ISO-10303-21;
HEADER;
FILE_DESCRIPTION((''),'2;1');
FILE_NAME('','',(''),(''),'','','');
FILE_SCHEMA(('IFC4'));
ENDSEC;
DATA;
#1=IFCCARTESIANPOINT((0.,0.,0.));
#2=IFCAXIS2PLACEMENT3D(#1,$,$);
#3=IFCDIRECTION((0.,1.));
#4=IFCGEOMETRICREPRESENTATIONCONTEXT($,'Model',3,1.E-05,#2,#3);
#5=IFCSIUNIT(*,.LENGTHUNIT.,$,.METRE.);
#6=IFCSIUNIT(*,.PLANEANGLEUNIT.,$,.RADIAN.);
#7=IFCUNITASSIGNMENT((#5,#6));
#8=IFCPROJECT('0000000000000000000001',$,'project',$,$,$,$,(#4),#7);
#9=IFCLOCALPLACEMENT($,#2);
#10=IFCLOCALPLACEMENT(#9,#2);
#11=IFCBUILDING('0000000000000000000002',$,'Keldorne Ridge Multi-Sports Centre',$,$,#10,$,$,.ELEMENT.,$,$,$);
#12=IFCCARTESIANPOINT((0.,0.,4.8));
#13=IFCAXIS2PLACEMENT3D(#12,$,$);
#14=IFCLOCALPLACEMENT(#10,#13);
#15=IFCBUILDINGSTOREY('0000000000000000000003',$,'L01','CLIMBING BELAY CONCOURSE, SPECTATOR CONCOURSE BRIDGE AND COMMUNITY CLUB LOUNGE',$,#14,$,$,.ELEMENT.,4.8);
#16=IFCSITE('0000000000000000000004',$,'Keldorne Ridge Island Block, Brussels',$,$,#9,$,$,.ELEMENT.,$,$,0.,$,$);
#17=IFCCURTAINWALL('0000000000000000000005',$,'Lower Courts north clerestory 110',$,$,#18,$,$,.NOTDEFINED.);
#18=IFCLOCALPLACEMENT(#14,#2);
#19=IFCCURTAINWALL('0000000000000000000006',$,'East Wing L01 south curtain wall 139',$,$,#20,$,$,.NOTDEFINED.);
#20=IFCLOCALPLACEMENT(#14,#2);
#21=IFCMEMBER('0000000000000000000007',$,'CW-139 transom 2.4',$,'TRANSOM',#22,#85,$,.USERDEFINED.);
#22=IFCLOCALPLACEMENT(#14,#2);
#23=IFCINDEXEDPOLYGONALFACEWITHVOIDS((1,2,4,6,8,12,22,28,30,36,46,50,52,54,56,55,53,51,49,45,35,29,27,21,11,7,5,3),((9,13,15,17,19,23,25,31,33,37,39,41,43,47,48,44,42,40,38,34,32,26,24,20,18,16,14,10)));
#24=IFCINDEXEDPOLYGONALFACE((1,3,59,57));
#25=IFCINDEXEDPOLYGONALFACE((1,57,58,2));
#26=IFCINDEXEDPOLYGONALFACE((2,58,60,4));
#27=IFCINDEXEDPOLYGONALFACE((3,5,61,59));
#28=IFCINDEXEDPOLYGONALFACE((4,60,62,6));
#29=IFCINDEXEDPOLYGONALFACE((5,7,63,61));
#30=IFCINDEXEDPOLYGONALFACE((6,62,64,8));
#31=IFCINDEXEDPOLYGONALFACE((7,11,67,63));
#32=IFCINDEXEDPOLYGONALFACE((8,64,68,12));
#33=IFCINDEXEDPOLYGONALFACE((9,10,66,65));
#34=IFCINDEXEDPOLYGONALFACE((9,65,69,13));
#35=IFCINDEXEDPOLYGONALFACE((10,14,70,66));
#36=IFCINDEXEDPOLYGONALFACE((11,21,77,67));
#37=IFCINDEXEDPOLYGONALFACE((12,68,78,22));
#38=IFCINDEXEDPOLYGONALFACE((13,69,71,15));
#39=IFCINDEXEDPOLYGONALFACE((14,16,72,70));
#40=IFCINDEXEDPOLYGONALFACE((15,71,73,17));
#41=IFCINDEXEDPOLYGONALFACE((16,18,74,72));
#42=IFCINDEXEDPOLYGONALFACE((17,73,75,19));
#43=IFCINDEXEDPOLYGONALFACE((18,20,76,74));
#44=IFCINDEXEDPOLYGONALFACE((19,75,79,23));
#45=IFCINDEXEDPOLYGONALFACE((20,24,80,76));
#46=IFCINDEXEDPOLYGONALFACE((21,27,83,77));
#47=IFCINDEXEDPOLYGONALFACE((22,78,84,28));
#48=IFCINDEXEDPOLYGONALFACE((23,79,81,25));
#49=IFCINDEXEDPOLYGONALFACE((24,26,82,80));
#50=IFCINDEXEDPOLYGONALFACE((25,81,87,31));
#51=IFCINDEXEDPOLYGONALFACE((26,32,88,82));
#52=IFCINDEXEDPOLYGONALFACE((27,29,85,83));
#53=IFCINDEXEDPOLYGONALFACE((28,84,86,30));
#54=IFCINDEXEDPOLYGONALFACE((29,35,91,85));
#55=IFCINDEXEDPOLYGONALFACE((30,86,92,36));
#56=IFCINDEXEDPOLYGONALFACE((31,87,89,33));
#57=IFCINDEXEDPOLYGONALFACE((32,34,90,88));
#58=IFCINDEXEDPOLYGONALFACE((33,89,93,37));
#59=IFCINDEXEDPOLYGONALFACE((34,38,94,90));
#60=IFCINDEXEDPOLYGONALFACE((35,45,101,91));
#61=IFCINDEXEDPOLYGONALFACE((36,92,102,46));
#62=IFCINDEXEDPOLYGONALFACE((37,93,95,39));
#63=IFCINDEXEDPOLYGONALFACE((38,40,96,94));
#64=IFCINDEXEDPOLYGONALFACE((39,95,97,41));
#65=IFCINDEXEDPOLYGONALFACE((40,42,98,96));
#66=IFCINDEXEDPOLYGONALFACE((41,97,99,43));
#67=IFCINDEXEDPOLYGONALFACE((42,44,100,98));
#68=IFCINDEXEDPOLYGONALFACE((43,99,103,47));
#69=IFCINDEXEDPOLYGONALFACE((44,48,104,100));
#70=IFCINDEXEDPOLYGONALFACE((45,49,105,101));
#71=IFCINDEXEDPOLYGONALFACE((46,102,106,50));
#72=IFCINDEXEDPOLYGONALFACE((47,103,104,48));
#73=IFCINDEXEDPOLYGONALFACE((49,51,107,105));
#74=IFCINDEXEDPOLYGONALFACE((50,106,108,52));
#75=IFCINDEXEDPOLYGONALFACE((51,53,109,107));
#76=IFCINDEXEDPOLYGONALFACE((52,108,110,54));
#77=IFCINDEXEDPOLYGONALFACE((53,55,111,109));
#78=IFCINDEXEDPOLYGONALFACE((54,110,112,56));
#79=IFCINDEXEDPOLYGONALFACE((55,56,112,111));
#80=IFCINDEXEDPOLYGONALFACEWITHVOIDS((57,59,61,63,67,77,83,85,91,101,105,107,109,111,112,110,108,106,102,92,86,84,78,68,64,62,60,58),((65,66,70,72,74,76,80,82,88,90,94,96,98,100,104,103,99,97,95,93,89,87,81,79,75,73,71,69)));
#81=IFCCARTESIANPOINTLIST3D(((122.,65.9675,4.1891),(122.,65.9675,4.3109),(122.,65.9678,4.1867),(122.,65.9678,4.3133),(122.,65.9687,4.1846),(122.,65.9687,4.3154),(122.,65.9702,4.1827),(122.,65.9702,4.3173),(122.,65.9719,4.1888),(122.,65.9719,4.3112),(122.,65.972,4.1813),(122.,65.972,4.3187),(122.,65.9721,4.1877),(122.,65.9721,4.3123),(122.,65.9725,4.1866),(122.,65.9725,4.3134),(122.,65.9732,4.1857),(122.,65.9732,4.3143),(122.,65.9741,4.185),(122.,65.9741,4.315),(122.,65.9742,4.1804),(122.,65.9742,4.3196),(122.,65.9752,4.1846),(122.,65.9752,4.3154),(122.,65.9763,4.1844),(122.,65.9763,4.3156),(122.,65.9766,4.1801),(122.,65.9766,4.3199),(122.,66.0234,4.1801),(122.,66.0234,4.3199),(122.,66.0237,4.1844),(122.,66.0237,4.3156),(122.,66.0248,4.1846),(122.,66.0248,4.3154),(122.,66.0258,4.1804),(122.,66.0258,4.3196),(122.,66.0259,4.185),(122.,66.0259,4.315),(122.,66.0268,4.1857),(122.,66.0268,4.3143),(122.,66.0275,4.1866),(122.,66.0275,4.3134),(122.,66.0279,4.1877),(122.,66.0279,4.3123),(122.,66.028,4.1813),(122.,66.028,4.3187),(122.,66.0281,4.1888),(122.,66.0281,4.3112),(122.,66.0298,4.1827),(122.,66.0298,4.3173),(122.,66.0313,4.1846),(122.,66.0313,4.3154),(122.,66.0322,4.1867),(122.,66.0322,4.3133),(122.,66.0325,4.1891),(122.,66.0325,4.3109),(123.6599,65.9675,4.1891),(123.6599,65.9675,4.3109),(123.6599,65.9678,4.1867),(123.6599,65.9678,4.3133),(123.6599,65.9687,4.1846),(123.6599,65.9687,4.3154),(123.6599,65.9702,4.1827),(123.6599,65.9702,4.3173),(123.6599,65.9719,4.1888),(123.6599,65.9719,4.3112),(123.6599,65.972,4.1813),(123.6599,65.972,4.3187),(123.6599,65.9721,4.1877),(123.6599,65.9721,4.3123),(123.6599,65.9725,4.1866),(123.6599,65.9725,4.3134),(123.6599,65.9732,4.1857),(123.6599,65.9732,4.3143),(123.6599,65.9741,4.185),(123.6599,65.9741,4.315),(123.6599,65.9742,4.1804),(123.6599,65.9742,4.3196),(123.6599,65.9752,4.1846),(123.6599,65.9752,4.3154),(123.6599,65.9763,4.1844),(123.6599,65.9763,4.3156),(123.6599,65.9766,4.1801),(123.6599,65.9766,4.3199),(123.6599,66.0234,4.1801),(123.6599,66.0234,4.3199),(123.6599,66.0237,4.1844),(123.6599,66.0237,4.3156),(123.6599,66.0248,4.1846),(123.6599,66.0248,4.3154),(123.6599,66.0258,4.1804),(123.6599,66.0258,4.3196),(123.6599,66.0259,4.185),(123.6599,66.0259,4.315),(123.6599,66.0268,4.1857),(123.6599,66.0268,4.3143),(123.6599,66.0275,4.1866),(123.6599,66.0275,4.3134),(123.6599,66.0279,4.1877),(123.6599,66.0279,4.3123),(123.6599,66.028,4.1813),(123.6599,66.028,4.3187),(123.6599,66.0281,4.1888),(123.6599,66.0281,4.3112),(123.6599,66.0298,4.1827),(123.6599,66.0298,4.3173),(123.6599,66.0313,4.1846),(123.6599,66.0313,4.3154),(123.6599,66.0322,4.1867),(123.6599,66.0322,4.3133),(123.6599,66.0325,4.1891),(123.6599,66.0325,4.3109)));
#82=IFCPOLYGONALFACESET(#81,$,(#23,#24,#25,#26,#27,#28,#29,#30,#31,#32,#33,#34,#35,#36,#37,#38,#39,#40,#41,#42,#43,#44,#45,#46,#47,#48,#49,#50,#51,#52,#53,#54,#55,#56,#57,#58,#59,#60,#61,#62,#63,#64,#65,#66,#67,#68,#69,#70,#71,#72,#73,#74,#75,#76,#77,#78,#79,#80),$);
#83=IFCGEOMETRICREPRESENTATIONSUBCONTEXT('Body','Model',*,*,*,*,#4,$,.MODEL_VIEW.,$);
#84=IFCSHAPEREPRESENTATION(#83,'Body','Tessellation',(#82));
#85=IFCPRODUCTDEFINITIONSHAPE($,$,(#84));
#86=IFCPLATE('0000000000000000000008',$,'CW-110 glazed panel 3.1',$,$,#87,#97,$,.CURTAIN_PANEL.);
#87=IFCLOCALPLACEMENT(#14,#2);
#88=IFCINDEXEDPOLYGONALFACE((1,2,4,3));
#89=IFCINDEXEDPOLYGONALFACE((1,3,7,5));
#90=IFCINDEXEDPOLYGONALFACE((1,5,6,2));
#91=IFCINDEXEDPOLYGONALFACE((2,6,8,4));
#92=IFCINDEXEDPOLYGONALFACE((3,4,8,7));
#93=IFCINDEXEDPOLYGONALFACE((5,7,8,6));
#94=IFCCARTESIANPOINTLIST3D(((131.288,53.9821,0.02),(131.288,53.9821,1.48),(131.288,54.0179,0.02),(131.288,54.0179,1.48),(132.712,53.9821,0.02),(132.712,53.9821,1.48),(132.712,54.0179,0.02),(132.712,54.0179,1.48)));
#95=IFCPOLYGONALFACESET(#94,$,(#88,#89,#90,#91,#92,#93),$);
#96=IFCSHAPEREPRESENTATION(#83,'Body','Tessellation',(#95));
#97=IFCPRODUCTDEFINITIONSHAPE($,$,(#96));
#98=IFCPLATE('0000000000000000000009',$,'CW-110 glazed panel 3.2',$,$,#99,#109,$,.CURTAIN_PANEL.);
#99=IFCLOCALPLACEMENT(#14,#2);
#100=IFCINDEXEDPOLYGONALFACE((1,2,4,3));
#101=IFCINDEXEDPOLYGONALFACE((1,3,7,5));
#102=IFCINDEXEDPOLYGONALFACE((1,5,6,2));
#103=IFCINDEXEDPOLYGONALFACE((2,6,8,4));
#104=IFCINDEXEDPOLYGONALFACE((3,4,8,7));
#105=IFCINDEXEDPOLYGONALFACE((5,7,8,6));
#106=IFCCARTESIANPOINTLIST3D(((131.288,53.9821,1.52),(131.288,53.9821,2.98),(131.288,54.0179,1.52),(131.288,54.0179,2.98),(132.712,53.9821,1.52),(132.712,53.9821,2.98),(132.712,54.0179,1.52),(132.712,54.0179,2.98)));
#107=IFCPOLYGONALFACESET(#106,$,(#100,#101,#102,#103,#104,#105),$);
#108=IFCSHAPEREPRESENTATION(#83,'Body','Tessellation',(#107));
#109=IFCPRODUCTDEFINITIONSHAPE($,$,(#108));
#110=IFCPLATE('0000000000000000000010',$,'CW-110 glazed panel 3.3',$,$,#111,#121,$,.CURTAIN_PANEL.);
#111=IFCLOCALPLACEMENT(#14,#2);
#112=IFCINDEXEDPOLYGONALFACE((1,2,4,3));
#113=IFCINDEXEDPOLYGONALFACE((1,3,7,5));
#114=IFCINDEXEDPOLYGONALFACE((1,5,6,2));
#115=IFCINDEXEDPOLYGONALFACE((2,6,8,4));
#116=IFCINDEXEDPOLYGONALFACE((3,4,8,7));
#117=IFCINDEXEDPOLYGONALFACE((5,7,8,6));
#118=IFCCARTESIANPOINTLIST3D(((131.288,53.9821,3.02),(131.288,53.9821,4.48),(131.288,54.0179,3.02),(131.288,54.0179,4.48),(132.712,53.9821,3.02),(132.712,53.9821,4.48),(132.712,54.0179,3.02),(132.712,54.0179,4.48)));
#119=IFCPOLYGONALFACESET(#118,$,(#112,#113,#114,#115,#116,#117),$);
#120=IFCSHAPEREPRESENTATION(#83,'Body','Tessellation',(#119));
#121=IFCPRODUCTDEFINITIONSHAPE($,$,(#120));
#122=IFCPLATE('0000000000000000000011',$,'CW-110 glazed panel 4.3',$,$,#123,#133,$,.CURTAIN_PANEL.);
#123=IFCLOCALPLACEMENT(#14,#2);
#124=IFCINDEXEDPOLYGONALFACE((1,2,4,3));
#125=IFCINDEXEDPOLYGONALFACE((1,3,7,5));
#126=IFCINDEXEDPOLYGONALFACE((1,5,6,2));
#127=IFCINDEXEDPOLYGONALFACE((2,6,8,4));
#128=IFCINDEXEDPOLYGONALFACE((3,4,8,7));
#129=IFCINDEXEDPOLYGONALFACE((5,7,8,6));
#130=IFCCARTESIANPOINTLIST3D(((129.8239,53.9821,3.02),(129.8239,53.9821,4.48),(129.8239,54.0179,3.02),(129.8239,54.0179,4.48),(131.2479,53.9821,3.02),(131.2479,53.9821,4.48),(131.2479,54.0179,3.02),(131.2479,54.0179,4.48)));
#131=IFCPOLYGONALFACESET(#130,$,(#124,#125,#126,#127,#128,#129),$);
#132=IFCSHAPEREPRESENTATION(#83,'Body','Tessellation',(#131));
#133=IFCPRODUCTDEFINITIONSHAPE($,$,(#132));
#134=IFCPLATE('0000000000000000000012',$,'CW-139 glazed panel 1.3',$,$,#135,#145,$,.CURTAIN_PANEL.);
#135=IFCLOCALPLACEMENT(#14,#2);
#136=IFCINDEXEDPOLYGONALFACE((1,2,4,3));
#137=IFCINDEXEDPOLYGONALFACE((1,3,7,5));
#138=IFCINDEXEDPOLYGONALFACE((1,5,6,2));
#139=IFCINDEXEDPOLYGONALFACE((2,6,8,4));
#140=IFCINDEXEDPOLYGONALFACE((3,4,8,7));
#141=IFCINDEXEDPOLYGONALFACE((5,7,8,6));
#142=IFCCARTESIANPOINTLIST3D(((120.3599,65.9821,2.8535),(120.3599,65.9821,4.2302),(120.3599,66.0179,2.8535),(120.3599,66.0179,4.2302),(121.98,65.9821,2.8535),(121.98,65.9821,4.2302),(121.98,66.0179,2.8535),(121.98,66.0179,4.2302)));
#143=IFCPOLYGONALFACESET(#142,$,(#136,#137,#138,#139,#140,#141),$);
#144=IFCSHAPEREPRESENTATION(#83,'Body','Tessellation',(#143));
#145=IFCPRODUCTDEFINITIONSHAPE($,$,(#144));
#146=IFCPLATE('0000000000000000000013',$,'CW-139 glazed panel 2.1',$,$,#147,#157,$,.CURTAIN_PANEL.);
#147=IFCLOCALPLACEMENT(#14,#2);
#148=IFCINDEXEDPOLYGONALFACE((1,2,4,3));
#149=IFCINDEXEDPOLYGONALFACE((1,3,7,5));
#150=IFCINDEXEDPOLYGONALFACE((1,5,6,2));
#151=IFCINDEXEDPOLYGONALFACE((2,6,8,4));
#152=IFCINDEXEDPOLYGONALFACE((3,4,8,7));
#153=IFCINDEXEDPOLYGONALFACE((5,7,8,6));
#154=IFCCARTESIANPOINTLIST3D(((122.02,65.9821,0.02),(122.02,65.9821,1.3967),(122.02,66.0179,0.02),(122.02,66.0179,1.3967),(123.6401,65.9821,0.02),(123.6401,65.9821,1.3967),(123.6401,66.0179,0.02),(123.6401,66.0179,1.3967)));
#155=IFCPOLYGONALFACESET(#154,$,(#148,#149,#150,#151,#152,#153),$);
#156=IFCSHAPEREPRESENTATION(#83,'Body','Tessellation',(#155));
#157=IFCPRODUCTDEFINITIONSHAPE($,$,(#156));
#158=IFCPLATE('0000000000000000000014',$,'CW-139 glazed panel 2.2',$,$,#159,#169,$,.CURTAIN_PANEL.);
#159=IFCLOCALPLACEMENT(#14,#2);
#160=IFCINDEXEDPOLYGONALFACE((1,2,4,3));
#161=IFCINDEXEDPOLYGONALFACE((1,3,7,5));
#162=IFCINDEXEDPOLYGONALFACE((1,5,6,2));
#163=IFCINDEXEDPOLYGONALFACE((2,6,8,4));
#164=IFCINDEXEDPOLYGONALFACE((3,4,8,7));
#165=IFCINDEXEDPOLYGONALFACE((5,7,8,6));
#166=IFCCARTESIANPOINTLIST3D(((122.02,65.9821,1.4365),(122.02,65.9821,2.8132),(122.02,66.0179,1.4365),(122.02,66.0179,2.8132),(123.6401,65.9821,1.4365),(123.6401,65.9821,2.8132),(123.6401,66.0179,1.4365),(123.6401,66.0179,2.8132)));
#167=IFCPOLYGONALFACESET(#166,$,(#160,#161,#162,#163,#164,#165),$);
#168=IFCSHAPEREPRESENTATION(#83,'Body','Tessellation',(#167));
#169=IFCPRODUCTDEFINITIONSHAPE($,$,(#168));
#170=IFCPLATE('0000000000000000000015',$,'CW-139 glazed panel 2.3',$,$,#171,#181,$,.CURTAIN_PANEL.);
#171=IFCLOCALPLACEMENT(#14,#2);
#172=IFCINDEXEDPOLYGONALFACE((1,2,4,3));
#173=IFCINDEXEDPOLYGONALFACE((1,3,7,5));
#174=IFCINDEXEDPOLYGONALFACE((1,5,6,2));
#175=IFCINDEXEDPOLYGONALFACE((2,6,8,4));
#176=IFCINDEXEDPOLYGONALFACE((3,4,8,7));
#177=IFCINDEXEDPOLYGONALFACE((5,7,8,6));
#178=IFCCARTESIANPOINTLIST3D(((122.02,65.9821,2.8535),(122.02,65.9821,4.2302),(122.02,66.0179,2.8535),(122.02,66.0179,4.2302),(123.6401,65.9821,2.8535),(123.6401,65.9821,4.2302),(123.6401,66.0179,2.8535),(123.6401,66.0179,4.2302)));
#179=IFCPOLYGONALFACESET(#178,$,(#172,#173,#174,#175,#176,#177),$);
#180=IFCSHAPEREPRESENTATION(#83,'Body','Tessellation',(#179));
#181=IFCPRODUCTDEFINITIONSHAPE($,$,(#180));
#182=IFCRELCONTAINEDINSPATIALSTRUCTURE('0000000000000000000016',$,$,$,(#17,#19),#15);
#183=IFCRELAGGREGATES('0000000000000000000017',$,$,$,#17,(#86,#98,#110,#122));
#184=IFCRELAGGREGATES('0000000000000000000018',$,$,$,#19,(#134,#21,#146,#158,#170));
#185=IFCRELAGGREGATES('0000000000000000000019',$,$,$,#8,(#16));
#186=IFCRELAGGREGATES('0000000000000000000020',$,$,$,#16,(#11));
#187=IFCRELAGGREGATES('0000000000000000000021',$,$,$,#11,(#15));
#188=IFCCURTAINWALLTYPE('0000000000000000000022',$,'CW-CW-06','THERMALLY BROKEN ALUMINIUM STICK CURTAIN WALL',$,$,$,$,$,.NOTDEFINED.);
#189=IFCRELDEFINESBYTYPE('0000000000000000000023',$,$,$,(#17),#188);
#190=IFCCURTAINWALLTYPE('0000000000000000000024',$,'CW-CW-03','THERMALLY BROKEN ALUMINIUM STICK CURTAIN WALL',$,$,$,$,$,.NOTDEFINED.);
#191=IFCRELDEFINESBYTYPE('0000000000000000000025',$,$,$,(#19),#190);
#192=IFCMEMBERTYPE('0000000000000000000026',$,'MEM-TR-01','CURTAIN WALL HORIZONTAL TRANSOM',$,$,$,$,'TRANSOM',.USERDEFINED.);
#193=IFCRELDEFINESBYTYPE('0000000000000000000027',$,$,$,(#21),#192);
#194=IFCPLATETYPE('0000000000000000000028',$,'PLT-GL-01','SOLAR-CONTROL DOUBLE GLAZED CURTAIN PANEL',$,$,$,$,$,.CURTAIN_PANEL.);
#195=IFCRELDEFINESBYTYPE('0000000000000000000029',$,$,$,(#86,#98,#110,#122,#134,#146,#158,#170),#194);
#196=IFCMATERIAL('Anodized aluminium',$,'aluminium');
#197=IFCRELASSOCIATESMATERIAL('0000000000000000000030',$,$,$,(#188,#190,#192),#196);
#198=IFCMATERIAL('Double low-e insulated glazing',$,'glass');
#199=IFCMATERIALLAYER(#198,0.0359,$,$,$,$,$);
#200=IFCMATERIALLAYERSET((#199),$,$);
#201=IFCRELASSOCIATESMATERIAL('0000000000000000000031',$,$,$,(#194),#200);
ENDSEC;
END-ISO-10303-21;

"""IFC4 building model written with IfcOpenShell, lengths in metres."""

from ifc_helpers import new_model, si_unit, direction, frame, origin, origin_2d, place, context, subcontext, project, spatial, rectangle, hollow_rectangle, extrude, material, layer, layer_set, material_profile, profile_set, type_object, element, aggregate, save


model = new_model("IFC4")

# Units and contexts
model_context = context("Model", 3, precision=1e-05, world=origin(), true_north=direction((0.0, 1.0)))
body_context = subcontext(model_context, "Body", "Model", "MODEL_VIEW")
ifc_project = project(units=[si_unit("LENGTHUNIT", "METRE"), si_unit("PLANEANGLEUNIT", "RADIAN")], contexts=[model_context])

# Site, building, storey
site_placement = place(None, origin())
site = spatial("IfcSite", under=ifc_project, at=site_placement, Name="Keldorne Ridge Island Block, Brussels", CompositionType="ELEMENT", RefElevation=0.0)
building_placement = place(site_placement, origin())
building = spatial("IfcBuilding", under=site, at=building_placement, Name="Keldorne Ridge Multi-Sports Centre", CompositionType="ELEMENT")
storey_placement = place(building_placement, frame((0.0, 0.0, 4.8)))
storey = spatial("IfcBuildingStorey", under=building, at=storey_placement, Name="L01", Description="CLIMBING BELAY CONCOURSE, SPECTATOR CONCOURSE BRIDGE AND COMMUNITY CLUB LOUNGE", CompositionType="ELEMENT", Elevation=4.8)

# Curtain wall
ifc_material_1 = material(Name="Anodized aluminium", Category="aluminium")
curtain_wall_type_1 = type_object("IfcCurtainWallType", Name="CW-CW-06", Description="THERMALLY BROKEN ALUMINIUM STICK CURTAIN WALL", PredefinedType="NOTDEFINED", material=ifc_material_1)
curtain_wall_1_placement = place(storey_placement, origin())
curtain_wall_1 = element("IfcCurtainWall", 1, at=curtain_wall_1_placement, inside=storey, type_object=curtain_wall_type_1, Name="Lower Courts north clerestory 110", PredefinedType="NOTDEFINED")

# Curtain wall
curtain_wall_type_2 = type_object("IfcCurtainWallType", Name="CW-CW-03", Description="THERMALLY BROKEN ALUMINIUM STICK CURTAIN WALL", PredefinedType="NOTDEFINED", material=ifc_material_1)
curtain_wall_2_placement = place(storey_placement, origin())
curtain_wall_2 = element("IfcCurtainWall", 2, at=curtain_wall_2_placement, inside=storey, type_object=curtain_wall_type_2, Name="East Wing L01 south curtain wall 139", PredefinedType="NOTDEFINED")

# Member
ifc_material_profile_1 = material_profile(ifc_material_1, hollow_rectangle(XDim=0.0649, YDim=0.1399, WallThickness=0.0044, InnerFilletRadius=0.0044, OuterFilletRadius=0.009, at=origin_2d()), Name="ALU TRANSOM 140x65x4.5")
ifc_profile_set_1 = profile_set([ifc_material_profile_1], Name="Anodized aluminium")
member_type_1 = type_object("IfcMemberType", Name="MEM-TR-01", Description="CURTAIN WALL HORIZONTAL TRANSOM", ElementType="TRANSOM", PredefinedType="USERDEFINED", material=ifc_profile_set_1)
member_1_placement = place(storey_placement, frame((122.0, 66.0, 4.25), z_axis=(1.0, 0.0, 0.0), x_axis=(0.0, 1.0, 0.0)))
member_1 = element("IfcMember", 3, at=member_1_placement, type_object=member_type_1, Name="CW-139 transom 2.4", ObjectType="TRANSOM", PredefinedType="USERDEFINED", context=body_context, shape_type="SweptSolid", body=[
    extrude(hollow_rectangle(XDim=0.0649, YDim=0.1399, WallThickness=0.0044, InnerFilletRadius=0.0044, OuterFilletRadius=0.009, at=origin_2d()), origin(), (0.0, 0.0, 1.0), 1.6599),
])

# Plates
ifc_material_2 = material(Name="Double low-e insulated glazing", Category="glass")
ifc_layer_1 = layer(ifc_material_2, 0.0359)
ifc_layer_set_1 = layer_set([ifc_layer_1])
plate_type = type_object("IfcPlateType", Name="PLT-GL-01", Description="SOLAR-CONTROL DOUBLE GLAZED CURTAIN PANEL", PredefinedType="CURTAIN_PANEL", material=ifc_layer_set_1)
plate_1_placement = place(storey_placement, frame((132.0, 54.0, 0.02), z_axis=(0.0, 0.0, 1.0), x_axis=(-1.0, 0.0, 0.0)))
plate_1 = element("IfcPlate", 4, at=plate_1_placement, type_object=plate_type, Name="CW-110 glazed panel 3.1", PredefinedType="CURTAIN_PANEL", context=body_context, shape_type="SweptSolid", body=[
    extrude(rectangle(XDim=1.4241, YDim=0.0359, at=origin_2d()), origin(), (0.0, 0.0, 1.0), 1.46),
])
plate_2_placement = place(storey_placement, frame((132.0, 54.0, 1.52), z_axis=(0.0, 0.0, 1.0), x_axis=(-1.0, 0.0, 0.0)))
plate_2 = element("IfcPlate", 5, at=plate_2_placement, type_object=plate_type, Name="CW-110 glazed panel 3.2", PredefinedType="CURTAIN_PANEL", context=body_context, shape_type="SweptSolid", body=[
    extrude(rectangle(XDim=1.4241, YDim=0.0359, at=origin_2d()), origin(), (0.0, 0.0, 1.0), 1.46),
])
plate_3_placement = place(storey_placement, frame((132.0, 54.0, 3.02), z_axis=(0.0, 0.0, 1.0), x_axis=(-1.0, 0.0, 0.0)))
plate_3 = element("IfcPlate", 6, at=plate_3_placement, type_object=plate_type, Name="CW-110 glazed panel 3.3", PredefinedType="CURTAIN_PANEL", context=body_context, shape_type="SweptSolid", body=[
    extrude(rectangle(XDim=1.4241, YDim=0.0359, at=origin_2d()), origin(), (0.0, 0.0, 1.0), 1.46),
])
plate_4_placement = place(storey_placement, frame((130.5359, 54.0, 3.02), z_axis=(0.0, 0.0, 1.0), x_axis=(-1.0, 0.0, 0.0)))
plate_4 = element("IfcPlate", 7, at=plate_4_placement, type_object=plate_type, Name="CW-110 glazed panel 4.3", PredefinedType="CURTAIN_PANEL", context=body_context, shape_type="SweptSolid", body=[
    extrude(rectangle(XDim=1.4241, YDim=0.0359, at=origin_2d()), origin(), (0.0, 0.0, 1.0), 1.46),
])
aggregate(curtain_wall_1, [plate_1, plate_2, plate_3, plate_4])
plate_5_placement = place(storey_placement, frame((121.1699, 66.0, 2.8535), z_axis=(0.0, 0.0, 1.0), x_axis=(1.0, 0.0, 0.0)))
plate_5 = element("IfcPlate", 8, at=plate_5_placement, type_object=plate_type, Name="CW-139 glazed panel 1.3", PredefinedType="CURTAIN_PANEL", context=body_context, shape_type="SweptSolid", body=[
    extrude(rectangle(XDim=1.6201, YDim=0.0359, at=origin_2d()), origin(), (0.0, 0.0, 1.0), 1.3767),
])
plate_6_placement = place(storey_placement, frame((122.8301, 66.0, 0.02), z_axis=(0.0, 0.0, 1.0), x_axis=(1.0, 0.0, 0.0)))
plate_6 = element("IfcPlate", 9, at=plate_6_placement, type_object=plate_type, Name="CW-139 glazed panel 2.1", PredefinedType="CURTAIN_PANEL", context=body_context, shape_type="SweptSolid", body=[
    extrude(rectangle(XDim=1.6201, YDim=0.0359, at=origin_2d()), origin(), (0.0, 0.0, 1.0), 1.3767),
])
plate_7_placement = place(storey_placement, frame((122.8301, 66.0, 1.4365), z_axis=(0.0, 0.0, 1.0), x_axis=(1.0, 0.0, 0.0)))
plate_7 = element("IfcPlate", 10, at=plate_7_placement, type_object=plate_type, Name="CW-139 glazed panel 2.2", PredefinedType="CURTAIN_PANEL", context=body_context, shape_type="SweptSolid", body=[
    extrude(rectangle(XDim=1.6201, YDim=0.0359, at=origin_2d()), origin(), (0.0, 0.0, 1.0), 1.3767),
])
plate_8_placement = place(storey_placement, frame((122.8301, 66.0, 2.8535), z_axis=(0.0, 0.0, 1.0), x_axis=(1.0, 0.0, 0.0)))
plate_8 = element("IfcPlate", 11, at=plate_8_placement, type_object=plate_type, Name="CW-139 glazed panel 2.3", PredefinedType="CURTAIN_PANEL", context=body_context, shape_type="SweptSolid", body=[
    extrude(rectangle(XDim=1.6201, YDim=0.0359, at=origin_2d()), origin(), (0.0, 0.0, 1.0), 1.3767),
])
aggregate(curtain_wall_2, [plate_5, member_1, plate_6, plate_7, plate_8])

save(model, "model.ifc")
